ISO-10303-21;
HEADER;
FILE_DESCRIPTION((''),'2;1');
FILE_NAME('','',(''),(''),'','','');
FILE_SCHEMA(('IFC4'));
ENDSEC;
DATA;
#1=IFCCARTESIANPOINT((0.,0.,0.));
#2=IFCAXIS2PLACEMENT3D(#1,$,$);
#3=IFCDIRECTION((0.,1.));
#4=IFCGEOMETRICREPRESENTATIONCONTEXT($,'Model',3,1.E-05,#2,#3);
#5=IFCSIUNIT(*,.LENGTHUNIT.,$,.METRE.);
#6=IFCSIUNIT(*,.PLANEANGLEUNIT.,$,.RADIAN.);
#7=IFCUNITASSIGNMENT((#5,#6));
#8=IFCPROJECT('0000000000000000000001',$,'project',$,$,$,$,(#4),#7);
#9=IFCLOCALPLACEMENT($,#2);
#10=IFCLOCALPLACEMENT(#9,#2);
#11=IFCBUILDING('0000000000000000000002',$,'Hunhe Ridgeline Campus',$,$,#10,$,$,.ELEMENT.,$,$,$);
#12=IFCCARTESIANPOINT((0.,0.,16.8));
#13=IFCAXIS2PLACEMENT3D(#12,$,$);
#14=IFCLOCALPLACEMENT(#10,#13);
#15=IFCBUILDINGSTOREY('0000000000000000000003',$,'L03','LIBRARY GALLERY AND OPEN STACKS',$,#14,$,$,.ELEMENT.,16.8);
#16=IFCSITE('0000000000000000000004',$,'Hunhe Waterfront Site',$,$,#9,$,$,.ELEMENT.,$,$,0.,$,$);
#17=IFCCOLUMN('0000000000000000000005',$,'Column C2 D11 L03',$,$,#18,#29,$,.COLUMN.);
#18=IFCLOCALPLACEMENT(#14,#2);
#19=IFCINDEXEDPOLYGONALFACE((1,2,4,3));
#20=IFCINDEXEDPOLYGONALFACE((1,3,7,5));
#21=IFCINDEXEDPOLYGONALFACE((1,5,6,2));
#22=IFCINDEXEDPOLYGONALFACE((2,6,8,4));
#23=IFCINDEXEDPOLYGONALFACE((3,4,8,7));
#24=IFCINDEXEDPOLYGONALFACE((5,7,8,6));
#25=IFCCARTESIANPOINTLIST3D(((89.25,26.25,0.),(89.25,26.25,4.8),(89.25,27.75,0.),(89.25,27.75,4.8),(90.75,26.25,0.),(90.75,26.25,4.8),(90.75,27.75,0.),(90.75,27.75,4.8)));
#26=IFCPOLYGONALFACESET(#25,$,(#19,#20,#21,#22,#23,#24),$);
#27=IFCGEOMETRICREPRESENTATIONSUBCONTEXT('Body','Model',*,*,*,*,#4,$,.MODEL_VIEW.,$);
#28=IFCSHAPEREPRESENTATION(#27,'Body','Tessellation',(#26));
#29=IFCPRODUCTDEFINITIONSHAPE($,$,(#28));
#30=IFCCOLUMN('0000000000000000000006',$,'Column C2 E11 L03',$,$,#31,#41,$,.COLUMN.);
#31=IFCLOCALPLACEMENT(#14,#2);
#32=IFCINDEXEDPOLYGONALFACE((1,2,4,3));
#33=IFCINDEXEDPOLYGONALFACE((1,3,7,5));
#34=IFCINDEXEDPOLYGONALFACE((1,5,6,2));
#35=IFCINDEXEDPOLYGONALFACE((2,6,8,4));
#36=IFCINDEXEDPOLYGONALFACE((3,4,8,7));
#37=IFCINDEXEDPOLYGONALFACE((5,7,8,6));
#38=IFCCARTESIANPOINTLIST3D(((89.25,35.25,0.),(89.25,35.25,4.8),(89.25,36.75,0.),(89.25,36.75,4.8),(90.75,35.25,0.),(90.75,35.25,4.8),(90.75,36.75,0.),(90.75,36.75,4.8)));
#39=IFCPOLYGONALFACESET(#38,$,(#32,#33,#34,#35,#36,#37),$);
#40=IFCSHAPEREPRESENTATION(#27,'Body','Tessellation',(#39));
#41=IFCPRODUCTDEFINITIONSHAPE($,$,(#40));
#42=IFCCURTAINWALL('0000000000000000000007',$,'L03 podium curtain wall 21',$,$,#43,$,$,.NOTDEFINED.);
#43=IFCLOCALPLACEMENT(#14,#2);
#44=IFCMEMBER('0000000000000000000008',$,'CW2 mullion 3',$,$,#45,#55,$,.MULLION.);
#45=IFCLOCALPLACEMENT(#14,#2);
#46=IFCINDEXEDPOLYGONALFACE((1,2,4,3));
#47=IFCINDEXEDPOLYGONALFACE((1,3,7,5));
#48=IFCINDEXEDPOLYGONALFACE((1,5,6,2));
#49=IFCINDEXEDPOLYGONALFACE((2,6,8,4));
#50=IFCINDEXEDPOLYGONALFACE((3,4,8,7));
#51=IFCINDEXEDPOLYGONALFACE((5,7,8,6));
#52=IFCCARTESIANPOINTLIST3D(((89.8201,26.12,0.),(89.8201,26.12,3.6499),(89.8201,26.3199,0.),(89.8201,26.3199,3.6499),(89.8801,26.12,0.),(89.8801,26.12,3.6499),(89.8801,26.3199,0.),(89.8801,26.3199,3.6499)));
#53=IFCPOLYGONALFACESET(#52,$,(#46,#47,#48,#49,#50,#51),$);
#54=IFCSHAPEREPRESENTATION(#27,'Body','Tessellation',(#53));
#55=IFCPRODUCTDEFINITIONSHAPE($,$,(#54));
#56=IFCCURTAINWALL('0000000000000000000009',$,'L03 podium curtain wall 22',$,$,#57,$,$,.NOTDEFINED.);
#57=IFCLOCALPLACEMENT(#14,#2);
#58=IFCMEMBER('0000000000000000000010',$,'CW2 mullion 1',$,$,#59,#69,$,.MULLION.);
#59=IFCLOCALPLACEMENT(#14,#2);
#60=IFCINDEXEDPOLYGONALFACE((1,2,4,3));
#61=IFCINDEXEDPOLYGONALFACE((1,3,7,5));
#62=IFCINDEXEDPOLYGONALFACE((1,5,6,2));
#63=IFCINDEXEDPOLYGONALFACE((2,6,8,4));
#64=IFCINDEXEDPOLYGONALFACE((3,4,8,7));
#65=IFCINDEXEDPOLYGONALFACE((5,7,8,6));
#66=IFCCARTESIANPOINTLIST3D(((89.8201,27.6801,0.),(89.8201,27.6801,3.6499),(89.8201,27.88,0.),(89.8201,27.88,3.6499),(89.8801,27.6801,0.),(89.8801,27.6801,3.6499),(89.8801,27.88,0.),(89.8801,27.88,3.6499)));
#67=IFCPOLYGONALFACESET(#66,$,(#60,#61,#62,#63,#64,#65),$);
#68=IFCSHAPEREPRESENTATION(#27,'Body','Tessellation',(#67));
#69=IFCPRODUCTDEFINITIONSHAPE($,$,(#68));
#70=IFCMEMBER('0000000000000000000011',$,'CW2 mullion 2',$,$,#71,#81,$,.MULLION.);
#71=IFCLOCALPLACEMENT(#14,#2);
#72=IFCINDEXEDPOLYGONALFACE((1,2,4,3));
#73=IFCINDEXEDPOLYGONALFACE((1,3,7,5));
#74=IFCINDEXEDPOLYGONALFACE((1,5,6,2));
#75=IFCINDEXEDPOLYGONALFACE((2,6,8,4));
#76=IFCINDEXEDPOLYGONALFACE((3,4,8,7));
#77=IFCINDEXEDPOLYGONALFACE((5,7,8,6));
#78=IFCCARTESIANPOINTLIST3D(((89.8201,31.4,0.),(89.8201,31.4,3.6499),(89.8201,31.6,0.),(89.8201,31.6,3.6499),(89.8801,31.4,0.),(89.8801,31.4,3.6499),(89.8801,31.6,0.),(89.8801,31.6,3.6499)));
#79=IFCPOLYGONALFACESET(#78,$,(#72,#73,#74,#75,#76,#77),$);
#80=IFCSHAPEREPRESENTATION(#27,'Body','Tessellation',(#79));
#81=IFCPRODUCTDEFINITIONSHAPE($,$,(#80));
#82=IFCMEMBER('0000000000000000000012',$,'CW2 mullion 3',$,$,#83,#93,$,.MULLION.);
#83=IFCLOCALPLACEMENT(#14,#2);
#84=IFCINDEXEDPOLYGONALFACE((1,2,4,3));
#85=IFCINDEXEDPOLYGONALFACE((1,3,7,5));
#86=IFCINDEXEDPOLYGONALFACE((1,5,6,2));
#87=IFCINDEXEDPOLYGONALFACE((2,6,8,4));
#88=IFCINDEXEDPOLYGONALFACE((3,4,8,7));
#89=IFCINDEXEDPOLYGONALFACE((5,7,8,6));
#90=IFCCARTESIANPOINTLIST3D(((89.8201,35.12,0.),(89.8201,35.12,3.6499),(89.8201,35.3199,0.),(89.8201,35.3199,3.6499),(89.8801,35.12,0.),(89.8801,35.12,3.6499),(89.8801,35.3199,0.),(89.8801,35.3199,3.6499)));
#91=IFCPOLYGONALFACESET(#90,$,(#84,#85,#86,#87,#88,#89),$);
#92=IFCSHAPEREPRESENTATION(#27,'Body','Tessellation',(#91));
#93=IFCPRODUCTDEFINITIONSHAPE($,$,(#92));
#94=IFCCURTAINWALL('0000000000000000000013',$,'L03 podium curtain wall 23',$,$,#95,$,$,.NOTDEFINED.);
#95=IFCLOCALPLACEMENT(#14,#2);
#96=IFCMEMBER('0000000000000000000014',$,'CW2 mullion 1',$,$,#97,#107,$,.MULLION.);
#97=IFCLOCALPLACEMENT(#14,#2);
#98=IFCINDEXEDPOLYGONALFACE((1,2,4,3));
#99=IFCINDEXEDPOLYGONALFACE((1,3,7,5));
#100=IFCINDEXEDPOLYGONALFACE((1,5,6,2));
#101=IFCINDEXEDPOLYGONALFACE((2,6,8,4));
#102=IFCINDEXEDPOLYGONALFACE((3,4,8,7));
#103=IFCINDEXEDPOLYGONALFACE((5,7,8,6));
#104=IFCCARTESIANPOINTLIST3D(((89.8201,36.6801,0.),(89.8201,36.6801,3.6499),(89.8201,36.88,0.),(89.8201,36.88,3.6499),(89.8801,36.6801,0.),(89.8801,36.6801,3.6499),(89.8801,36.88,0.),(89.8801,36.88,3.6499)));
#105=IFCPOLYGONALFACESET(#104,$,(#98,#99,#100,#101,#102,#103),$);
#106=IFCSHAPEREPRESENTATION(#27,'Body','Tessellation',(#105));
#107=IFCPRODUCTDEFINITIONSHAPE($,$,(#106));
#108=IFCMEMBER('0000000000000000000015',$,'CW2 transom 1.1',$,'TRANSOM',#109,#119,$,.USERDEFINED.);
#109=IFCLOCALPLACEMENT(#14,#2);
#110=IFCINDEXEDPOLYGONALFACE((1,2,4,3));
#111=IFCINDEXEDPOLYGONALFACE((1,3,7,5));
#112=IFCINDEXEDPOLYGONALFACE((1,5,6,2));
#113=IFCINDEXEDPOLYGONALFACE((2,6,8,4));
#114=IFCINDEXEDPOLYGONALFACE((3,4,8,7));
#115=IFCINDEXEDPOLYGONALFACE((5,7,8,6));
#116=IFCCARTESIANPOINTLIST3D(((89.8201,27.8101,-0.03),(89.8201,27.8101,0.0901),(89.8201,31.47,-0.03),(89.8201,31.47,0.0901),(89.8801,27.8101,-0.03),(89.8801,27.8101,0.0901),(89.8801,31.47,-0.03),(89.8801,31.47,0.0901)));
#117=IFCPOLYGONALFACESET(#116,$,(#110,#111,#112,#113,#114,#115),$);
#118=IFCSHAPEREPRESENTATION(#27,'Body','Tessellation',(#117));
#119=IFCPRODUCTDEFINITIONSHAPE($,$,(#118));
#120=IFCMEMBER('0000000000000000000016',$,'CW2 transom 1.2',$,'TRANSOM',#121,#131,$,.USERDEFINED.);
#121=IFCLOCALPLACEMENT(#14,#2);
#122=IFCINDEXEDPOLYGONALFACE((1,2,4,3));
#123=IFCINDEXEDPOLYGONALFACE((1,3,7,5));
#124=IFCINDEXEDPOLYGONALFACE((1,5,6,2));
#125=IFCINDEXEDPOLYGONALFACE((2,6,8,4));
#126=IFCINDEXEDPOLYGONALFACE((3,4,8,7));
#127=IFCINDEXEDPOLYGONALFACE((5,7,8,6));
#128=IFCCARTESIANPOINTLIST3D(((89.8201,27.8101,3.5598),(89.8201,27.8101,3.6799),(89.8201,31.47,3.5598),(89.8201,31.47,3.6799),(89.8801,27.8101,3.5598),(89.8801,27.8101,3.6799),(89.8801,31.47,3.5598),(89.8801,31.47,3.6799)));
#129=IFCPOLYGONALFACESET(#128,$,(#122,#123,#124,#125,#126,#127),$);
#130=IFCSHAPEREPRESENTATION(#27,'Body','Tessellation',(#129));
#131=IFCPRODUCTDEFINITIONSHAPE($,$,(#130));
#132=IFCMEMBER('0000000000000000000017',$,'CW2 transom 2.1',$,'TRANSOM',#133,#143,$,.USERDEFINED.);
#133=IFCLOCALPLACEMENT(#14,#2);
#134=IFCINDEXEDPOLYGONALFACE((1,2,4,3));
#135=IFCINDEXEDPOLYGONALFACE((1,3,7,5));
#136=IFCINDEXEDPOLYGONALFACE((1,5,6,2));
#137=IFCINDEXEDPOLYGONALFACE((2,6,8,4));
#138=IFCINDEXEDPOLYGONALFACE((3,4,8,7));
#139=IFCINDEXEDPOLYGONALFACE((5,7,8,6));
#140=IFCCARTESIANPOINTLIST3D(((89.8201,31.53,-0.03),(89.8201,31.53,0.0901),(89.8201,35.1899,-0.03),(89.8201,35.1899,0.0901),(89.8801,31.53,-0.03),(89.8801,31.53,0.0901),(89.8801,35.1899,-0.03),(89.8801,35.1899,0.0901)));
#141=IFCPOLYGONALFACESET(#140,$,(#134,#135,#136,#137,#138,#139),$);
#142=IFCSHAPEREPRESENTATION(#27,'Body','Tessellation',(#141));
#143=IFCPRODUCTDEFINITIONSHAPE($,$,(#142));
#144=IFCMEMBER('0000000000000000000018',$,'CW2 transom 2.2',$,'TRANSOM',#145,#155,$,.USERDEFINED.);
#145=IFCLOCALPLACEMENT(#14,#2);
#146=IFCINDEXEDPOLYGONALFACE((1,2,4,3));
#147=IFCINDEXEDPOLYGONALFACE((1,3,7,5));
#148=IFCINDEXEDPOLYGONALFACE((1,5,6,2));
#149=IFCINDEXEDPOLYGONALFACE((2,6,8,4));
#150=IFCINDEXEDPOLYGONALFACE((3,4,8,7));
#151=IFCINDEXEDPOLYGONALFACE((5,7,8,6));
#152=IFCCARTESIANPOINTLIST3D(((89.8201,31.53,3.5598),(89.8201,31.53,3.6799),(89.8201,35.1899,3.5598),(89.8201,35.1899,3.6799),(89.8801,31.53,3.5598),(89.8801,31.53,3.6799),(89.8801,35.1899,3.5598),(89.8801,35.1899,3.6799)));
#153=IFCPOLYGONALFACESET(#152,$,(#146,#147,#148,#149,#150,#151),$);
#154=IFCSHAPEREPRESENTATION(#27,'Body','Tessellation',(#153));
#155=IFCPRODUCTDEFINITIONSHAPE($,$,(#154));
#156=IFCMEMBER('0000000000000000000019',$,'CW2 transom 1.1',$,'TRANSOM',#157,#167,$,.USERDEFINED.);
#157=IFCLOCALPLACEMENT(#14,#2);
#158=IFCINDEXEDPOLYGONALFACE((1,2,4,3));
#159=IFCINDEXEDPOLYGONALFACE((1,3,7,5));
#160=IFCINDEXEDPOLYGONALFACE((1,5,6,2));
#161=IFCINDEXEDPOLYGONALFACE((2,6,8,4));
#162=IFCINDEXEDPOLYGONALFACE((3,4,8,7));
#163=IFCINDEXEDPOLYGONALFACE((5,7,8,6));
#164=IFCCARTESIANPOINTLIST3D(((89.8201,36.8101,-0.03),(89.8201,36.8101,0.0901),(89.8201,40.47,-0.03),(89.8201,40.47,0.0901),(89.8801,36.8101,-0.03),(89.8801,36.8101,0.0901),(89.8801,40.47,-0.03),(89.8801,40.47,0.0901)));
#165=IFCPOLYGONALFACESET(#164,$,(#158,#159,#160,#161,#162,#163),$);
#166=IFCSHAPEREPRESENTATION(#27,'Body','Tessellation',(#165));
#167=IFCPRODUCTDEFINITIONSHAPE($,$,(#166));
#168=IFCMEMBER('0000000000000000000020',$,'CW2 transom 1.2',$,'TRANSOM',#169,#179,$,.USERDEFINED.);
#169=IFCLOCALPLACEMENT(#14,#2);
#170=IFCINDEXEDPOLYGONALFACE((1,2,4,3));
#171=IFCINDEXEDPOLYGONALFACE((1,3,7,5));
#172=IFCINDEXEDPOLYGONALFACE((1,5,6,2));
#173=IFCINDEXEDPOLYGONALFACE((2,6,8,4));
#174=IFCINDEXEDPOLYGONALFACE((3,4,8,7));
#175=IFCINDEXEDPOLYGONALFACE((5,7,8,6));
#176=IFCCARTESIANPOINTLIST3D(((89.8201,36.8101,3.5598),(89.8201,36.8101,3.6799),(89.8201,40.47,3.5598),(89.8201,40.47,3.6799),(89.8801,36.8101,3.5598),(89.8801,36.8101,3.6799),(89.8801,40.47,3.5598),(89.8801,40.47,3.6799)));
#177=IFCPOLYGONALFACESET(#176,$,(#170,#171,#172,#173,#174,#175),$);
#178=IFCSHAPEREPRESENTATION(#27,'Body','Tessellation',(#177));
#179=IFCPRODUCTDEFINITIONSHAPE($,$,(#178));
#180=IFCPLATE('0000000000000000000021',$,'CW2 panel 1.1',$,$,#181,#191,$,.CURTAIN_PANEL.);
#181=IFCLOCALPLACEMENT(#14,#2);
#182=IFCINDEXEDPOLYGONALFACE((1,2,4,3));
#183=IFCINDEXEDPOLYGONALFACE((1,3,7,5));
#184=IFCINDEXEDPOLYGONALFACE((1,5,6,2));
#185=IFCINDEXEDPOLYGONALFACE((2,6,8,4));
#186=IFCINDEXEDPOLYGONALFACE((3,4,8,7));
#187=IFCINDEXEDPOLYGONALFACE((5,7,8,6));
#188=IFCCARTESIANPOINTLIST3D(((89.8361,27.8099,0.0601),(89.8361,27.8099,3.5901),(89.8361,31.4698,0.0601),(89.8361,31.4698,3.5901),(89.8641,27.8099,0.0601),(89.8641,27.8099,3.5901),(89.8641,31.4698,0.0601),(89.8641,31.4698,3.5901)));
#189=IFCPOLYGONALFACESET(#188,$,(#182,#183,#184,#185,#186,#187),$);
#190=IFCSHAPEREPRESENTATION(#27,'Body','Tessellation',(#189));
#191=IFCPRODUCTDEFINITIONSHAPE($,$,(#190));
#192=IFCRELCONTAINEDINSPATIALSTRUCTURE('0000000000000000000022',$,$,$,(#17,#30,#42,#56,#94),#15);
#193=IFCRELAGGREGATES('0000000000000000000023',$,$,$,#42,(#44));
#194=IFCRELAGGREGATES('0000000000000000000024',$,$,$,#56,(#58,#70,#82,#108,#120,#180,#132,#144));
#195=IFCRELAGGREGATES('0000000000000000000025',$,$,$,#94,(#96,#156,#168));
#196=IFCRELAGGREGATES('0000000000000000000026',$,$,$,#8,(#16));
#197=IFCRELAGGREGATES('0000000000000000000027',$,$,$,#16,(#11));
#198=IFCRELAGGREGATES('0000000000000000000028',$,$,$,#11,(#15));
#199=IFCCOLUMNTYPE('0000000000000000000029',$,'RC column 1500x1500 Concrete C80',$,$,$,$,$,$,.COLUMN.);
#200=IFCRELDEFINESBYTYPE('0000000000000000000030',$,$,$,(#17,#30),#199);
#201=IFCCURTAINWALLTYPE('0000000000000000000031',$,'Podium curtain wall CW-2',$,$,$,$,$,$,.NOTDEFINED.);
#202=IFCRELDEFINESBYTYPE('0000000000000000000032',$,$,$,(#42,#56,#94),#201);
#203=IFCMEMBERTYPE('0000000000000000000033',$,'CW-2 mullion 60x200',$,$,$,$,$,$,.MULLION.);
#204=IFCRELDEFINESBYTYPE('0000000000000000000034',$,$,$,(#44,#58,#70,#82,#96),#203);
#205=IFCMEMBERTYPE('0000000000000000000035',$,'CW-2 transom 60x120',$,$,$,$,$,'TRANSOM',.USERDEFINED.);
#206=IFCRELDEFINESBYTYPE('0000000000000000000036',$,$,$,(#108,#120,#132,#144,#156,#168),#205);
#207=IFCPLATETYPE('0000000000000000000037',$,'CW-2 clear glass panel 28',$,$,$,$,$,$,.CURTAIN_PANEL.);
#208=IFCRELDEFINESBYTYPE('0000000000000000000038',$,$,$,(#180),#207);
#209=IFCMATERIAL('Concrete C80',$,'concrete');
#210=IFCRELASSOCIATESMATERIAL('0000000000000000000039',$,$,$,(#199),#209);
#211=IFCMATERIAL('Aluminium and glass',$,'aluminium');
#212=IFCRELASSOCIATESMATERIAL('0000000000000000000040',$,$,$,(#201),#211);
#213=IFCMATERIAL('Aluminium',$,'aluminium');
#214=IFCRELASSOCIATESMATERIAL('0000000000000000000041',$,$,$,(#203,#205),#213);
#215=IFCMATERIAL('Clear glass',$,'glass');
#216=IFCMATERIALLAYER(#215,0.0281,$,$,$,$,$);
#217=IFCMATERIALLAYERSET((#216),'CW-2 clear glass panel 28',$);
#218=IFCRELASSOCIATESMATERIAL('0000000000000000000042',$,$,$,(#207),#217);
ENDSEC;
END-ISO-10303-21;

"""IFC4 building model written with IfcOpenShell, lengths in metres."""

from ifc_helpers import new_model, si_unit, direction, frame, origin, origin_2d, place, context, subcontext, project, spatial, rectangle, extrude, material, layer, layer_set, material_profile, profile_set, type_object, element, aggregate, save


model = new_model("IFC4")

# Units and contexts
model_context = context("Model", 3, precision=1e-05, world=origin(), true_north=direction((0.0, 1.0)))
body_context = subcontext(model_context, "Body", "Model", "MODEL_VIEW")
ifc_project = project(units=[si_unit("LENGTHUNIT", "METRE"), si_unit("PLANEANGLEUNIT", "RADIAN")], contexts=[model_context])

# Site, building, storey
site_placement = place(None, origin())
site = spatial("IfcSite", under=ifc_project, at=site_placement, Name="Hunhe Waterfront Site", CompositionType="ELEMENT", RefElevation=0.0)
building_placement = place(site_placement, origin())
building = spatial("IfcBuilding", under=site, at=building_placement, Name="Hunhe Ridgeline Campus", CompositionType="ELEMENT")
storey_placement = place(building_placement, frame((0.0, 0.0, 16.8)))
storey = spatial("IfcBuildingStorey", under=building, at=storey_placement, Name="L03", Description="LIBRARY GALLERY AND OPEN STACKS", CompositionType="ELEMENT", Elevation=16.8)

# Columns
ifc_material_1 = material(Name="Concrete C80", Category="concrete")
ifc_material_profile_1 = material_profile(ifc_material_1, rectangle(XDim=1.5, YDim=1.5, at=origin_2d()))
ifc_profile_set_1 = profile_set([ifc_material_profile_1], Name="Concrete C80")
column_type = type_object("IfcColumnType", Name="RC column 1500x1500 Concrete C80", PredefinedType="COLUMN", material=ifc_profile_set_1)
for number, where, z_axis, x_axis, name in (
    (1, (90.0, 27.0, 0.0), (0.0, 0.0, 1.0), (1.0, 0.0, 0.0), "Column C2 D11 L03"),
    (2, (90.0, 36.0, 0.0), (0.0, 0.0, 1.0), (1.0, 0.0, 0.0), "Column C2 E11 L03"),
):
    element("IfcColumn", number, at=place(storey_placement, frame(where, z_axis=z_axis, x_axis=x_axis)), inside=storey, type_object=column_type, Name=name, PredefinedType="COLUMN", context=body_context, shape_type="SweptSolid", body=[
        extrude(rectangle(XDim=1.5, YDim=1.5, at=origin_2d()), origin(), (0.0, 0.0, 1.0), 4.8),
    ])

# Curtain wall, member
ifc_material_2 = material(Name="Aluminium and glass", Category="aluminium")
curtain_wall_type = type_object("IfcCurtainWallType", Name="Podium curtain wall CW-2", PredefinedType="NOTDEFINED", material=ifc_material_2)
curtain_wall_1_placement = place(storey_placement, origin())
curtain_wall_1 = element("IfcCurtainWall", 3, at=curtain_wall_1_placement, inside=storey, type_object=curtain_wall_type, Name="L03 podium curtain wall 21", PredefinedType="NOTDEFINED")
ifc_material_3 = material(Name="Aluminium", Category="aluminium")
ifc_material_profile_2 = material_profile(ifc_material_3, rectangle(XDim=0.0601, YDim=0.2, at=origin_2d()))
ifc_profile_set_2 = profile_set([ifc_material_profile_2], Name="Aluminium")
member_type_1 = type_object("IfcMemberType", Name="CW-2 mullion 60x200", PredefinedType="MULLION", material=ifc_profile_set_2)
member_1_placement = place(storey_placement, frame((89.8501, 26.22, 0.0), z_axis=(0.0, 0.0, 1.0), x_axis=(-1.0, 0.0, 0.0)))
member_1 = element("IfcMember", 4, at=member_1_placement, type_object=member_type_1, Name="CW2 mullion 3", PredefinedType="MULLION", context=body_context, shape_type="SweptSolid", body=[
    extrude(rectangle(XDim=0.0601, YDim=0.2, at=origin_2d()), origin(), (0.0, 0.0, 1.0), 3.6499),
])
aggregate(curtain_wall_1, [member_1])

# Curtain wall, members
curtain_wall_2_placement = place(storey_placement, origin())
curtain_wall_2 = element("IfcCurtainWall", 5, at=curtain_wall_2_placement, inside=storey, type_object=curtain_wall_type, Name="L03 podium curtain wall 22", PredefinedType="NOTDEFINED")
member_2_placement = place(storey_placement, frame((89.8501, 27.78, 0.0), z_axis=(0.0, 0.0, 1.0), x_axis=(-1.0, 0.0, 0.0)))
member_2 = element("IfcMember", 6, at=member_2_placement, type_object=member_type_1, Name="CW2 mullion 1", PredefinedType="MULLION", context=body_context, shape_type="SweptSolid", body=[
    extrude(rectangle(XDim=0.0601, YDim=0.2, at=origin_2d()), origin(), (0.0, 0.0, 1.0), 3.6499),
])
member_3_placement = place(storey_placement, frame((89.8501, 31.5, 0.0), z_axis=(0.0, 0.0, 1.0), x_axis=(-1.0, 0.0, 0.0)))
member_3 = element("IfcMember", 7, at=member_3_placement, type_object=member_type_1, Name="CW2 mullion 2", PredefinedType="MULLION", context=body_context, shape_type="SweptSolid", body=[
    extrude(rectangle(XDim=0.0601, YDim=0.2, at=origin_2d()), origin(), (0.0, 0.0, 1.0), 3.6499),
])
member_4_placement = place(storey_placement, frame((89.8501, 35.22, 0.0), z_axis=(0.0, 0.0, 1.0), x_axis=(-1.0, 0.0, 0.0)))
member_4 = element("IfcMember", 8, at=member_4_placement, type_object=member_type_1, Name="CW2 mullion 3", PredefinedType="MULLION", context=body_context, shape_type="SweptSolid", body=[
    extrude(rectangle(XDim=0.0601, YDim=0.2, at=origin_2d()), origin(), (0.0, 0.0, 1.0), 3.6499),
])

# Curtain wall, member
curtain_wall_3_placement = place(storey_placement, origin())
curtain_wall_3 = element("IfcCurtainWall", 9, at=curtain_wall_3_placement, inside=storey, type_object=curtain_wall_type, Name="L03 podium curtain wall 23", PredefinedType="NOTDEFINED")
member_5_placement = place(storey_placement, frame((89.8501, 36.78, 0.0), z_axis=(0.0, 0.0, 1.0), x_axis=(-1.0, 0.0, 0.0)))
member_5 = element("IfcMember", 10, at=member_5_placement, type_object=member_type_1, Name="CW2 mullion 1", PredefinedType="MULLION", context=body_context, shape_type="SweptSolid", body=[
    extrude(rectangle(XDim=0.0601, YDim=0.2, at=origin_2d()), origin(), (0.0, 0.0, 1.0), 3.6499),
])

# Members
ifc_material_profile_3 = material_profile(ifc_material_3, rectangle(XDim=0.0601, YDim=0.1201, at=origin_2d()))
ifc_profile_set_3 = profile_set([ifc_material_profile_3], Name="Aluminium")
member_type_2 = type_object("IfcMemberType", Name="CW-2 transom 60x120", ElementType="TRANSOM", PredefinedType="USERDEFINED", material=ifc_profile_set_3)
member_6_placement = place(storey_placement, frame((89.8501, 27.8101, 0.03), z_axis=(0.0, 1.0, 0.0), x_axis=(-1.0, 0.0, 0.0)))
member_6 = element("IfcMember", 11, at=member_6_placement, type_object=member_type_2, Name="CW2 transom 1.1", ObjectType="TRANSOM", PredefinedType="USERDEFINED", context=body_context, shape_type="SweptSolid", body=[
    extrude(rectangle(XDim=0.0601, YDim=0.1201, at=origin_2d()), origin(), (0.0, 0.0, 1.0), 3.6599),
])
member_7_placement = place(storey_placement, frame((89.8501, 27.8101, 3.6199), z_axis=(0.0, 1.0, 0.0), x_axis=(-1.0, 0.0, 0.0)))
member_7 = element("IfcMember", 12, at=member_7_placement, type_object=member_type_2, Name="CW2 transom 1.2", ObjectType="TRANSOM", PredefinedType="USERDEFINED", context=body_context, shape_type="SweptSolid", body=[
    extrude(rectangle(XDim=0.0601, YDim=0.1201, at=origin_2d()), origin(), (0.0, 0.0, 1.0), 3.6599),
])
member_8_placement = place(storey_placement, frame((89.8501, 31.53, 0.03), z_axis=(0.0, 1.0, 0.0), x_axis=(-1.0, 0.0, 0.0)))
member_8 = element("IfcMember", 13, at=member_8_placement, type_object=member_type_2, Name="CW2 transom 2.1", ObjectType="TRANSOM", PredefinedType="USERDEFINED", context=body_context, shape_type="SweptSolid", body=[
    extrude(rectangle(XDim=0.0601, YDim=0.1201, at=origin_2d()), origin(), (0.0, 0.0, 1.0), 3.6599),
])
member_9_placement = place(storey_placement, frame((89.8501, 31.53, 3.6199), z_axis=(0.0, 1.0, 0.0), x_axis=(-1.0, 0.0, 0.0)))
member_9 = element("IfcMember", 14, at=member_9_placement, type_object=member_type_2, Name="CW2 transom 2.2", ObjectType="TRANSOM", PredefinedType="USERDEFINED", context=body_context, shape_type="SweptSolid", body=[
    extrude(rectangle(XDim=0.0601, YDim=0.1201, at=origin_2d()), origin(), (0.0, 0.0, 1.0), 3.6599),
])
member_10_placement = place(storey_placement, frame((89.8501, 36.8101, 0.03), z_axis=(0.0, 1.0, 0.0), x_axis=(-1.0, 0.0, 0.0)))
member_10 = element("IfcMember", 15, at=member_10_placement, type_object=member_type_2, Name="CW2 transom 1.1", ObjectType="TRANSOM", PredefinedType="USERDEFINED", context=body_context, shape_type="SweptSolid", body=[
    extrude(rectangle(XDim=0.0601, YDim=0.1201, at=origin_2d()), origin(), (0.0, 0.0, 1.0), 3.6599),
])
member_11_placement = place(storey_placement, frame((89.8501, 36.8101, 3.6199), z_axis=(0.0, 1.0, 0.0), x_axis=(-1.0, 0.0, 0.0)))
member_11 = element("IfcMember", 16, at=member_11_placement, type_object=member_type_2, Name="CW2 transom 1.2", ObjectType="TRANSOM", PredefinedType="USERDEFINED", context=body_context, shape_type="SweptSolid", body=[
    extrude(rectangle(XDim=0.0601, YDim=0.1201, at=origin_2d()), origin(), (0.0, 0.0, 1.0), 3.6599),
])

# Plate
ifc_material_4 = material(Name="Clear glass", Category="glass")
ifc_layer_1 = layer(ifc_material_4, 0.0281)
ifc_layer_set_1 = layer_set([ifc_layer_1], Name="CW-2 clear glass panel 28")
plate_type = type_object("IfcPlateType", Name="CW-2 clear glass panel 28", PredefinedType="CURTAIN_PANEL", material=ifc_layer_set_1)
plate_1_placement = place(storey_placement, frame((89.8501, 29.6399, 0.0601), z_axis=(0.0, 0.0, 1.0), x_axis=(0.0, 1.0, 0.0)))
plate_1 = element("IfcPlate", 17, at=plate_1_placement, type_object=plate_type, Name="CW2 panel 1.1", PredefinedType="CURTAIN_PANEL", context=body_context, shape_type="SweptSolid", body=[
    extrude(rectangle(XDim=3.6599, YDim=0.0281, at=origin_2d()), origin(), (0.0, 0.0, 1.0), 3.53),
])
aggregate(curtain_wall_2, [member_2, member_3, member_4, member_6, member_7, plate_1, member_8, member_9])
aggregate(curtain_wall_3, [member_5, member_10, member_11])

save(model, "model.ifc")
